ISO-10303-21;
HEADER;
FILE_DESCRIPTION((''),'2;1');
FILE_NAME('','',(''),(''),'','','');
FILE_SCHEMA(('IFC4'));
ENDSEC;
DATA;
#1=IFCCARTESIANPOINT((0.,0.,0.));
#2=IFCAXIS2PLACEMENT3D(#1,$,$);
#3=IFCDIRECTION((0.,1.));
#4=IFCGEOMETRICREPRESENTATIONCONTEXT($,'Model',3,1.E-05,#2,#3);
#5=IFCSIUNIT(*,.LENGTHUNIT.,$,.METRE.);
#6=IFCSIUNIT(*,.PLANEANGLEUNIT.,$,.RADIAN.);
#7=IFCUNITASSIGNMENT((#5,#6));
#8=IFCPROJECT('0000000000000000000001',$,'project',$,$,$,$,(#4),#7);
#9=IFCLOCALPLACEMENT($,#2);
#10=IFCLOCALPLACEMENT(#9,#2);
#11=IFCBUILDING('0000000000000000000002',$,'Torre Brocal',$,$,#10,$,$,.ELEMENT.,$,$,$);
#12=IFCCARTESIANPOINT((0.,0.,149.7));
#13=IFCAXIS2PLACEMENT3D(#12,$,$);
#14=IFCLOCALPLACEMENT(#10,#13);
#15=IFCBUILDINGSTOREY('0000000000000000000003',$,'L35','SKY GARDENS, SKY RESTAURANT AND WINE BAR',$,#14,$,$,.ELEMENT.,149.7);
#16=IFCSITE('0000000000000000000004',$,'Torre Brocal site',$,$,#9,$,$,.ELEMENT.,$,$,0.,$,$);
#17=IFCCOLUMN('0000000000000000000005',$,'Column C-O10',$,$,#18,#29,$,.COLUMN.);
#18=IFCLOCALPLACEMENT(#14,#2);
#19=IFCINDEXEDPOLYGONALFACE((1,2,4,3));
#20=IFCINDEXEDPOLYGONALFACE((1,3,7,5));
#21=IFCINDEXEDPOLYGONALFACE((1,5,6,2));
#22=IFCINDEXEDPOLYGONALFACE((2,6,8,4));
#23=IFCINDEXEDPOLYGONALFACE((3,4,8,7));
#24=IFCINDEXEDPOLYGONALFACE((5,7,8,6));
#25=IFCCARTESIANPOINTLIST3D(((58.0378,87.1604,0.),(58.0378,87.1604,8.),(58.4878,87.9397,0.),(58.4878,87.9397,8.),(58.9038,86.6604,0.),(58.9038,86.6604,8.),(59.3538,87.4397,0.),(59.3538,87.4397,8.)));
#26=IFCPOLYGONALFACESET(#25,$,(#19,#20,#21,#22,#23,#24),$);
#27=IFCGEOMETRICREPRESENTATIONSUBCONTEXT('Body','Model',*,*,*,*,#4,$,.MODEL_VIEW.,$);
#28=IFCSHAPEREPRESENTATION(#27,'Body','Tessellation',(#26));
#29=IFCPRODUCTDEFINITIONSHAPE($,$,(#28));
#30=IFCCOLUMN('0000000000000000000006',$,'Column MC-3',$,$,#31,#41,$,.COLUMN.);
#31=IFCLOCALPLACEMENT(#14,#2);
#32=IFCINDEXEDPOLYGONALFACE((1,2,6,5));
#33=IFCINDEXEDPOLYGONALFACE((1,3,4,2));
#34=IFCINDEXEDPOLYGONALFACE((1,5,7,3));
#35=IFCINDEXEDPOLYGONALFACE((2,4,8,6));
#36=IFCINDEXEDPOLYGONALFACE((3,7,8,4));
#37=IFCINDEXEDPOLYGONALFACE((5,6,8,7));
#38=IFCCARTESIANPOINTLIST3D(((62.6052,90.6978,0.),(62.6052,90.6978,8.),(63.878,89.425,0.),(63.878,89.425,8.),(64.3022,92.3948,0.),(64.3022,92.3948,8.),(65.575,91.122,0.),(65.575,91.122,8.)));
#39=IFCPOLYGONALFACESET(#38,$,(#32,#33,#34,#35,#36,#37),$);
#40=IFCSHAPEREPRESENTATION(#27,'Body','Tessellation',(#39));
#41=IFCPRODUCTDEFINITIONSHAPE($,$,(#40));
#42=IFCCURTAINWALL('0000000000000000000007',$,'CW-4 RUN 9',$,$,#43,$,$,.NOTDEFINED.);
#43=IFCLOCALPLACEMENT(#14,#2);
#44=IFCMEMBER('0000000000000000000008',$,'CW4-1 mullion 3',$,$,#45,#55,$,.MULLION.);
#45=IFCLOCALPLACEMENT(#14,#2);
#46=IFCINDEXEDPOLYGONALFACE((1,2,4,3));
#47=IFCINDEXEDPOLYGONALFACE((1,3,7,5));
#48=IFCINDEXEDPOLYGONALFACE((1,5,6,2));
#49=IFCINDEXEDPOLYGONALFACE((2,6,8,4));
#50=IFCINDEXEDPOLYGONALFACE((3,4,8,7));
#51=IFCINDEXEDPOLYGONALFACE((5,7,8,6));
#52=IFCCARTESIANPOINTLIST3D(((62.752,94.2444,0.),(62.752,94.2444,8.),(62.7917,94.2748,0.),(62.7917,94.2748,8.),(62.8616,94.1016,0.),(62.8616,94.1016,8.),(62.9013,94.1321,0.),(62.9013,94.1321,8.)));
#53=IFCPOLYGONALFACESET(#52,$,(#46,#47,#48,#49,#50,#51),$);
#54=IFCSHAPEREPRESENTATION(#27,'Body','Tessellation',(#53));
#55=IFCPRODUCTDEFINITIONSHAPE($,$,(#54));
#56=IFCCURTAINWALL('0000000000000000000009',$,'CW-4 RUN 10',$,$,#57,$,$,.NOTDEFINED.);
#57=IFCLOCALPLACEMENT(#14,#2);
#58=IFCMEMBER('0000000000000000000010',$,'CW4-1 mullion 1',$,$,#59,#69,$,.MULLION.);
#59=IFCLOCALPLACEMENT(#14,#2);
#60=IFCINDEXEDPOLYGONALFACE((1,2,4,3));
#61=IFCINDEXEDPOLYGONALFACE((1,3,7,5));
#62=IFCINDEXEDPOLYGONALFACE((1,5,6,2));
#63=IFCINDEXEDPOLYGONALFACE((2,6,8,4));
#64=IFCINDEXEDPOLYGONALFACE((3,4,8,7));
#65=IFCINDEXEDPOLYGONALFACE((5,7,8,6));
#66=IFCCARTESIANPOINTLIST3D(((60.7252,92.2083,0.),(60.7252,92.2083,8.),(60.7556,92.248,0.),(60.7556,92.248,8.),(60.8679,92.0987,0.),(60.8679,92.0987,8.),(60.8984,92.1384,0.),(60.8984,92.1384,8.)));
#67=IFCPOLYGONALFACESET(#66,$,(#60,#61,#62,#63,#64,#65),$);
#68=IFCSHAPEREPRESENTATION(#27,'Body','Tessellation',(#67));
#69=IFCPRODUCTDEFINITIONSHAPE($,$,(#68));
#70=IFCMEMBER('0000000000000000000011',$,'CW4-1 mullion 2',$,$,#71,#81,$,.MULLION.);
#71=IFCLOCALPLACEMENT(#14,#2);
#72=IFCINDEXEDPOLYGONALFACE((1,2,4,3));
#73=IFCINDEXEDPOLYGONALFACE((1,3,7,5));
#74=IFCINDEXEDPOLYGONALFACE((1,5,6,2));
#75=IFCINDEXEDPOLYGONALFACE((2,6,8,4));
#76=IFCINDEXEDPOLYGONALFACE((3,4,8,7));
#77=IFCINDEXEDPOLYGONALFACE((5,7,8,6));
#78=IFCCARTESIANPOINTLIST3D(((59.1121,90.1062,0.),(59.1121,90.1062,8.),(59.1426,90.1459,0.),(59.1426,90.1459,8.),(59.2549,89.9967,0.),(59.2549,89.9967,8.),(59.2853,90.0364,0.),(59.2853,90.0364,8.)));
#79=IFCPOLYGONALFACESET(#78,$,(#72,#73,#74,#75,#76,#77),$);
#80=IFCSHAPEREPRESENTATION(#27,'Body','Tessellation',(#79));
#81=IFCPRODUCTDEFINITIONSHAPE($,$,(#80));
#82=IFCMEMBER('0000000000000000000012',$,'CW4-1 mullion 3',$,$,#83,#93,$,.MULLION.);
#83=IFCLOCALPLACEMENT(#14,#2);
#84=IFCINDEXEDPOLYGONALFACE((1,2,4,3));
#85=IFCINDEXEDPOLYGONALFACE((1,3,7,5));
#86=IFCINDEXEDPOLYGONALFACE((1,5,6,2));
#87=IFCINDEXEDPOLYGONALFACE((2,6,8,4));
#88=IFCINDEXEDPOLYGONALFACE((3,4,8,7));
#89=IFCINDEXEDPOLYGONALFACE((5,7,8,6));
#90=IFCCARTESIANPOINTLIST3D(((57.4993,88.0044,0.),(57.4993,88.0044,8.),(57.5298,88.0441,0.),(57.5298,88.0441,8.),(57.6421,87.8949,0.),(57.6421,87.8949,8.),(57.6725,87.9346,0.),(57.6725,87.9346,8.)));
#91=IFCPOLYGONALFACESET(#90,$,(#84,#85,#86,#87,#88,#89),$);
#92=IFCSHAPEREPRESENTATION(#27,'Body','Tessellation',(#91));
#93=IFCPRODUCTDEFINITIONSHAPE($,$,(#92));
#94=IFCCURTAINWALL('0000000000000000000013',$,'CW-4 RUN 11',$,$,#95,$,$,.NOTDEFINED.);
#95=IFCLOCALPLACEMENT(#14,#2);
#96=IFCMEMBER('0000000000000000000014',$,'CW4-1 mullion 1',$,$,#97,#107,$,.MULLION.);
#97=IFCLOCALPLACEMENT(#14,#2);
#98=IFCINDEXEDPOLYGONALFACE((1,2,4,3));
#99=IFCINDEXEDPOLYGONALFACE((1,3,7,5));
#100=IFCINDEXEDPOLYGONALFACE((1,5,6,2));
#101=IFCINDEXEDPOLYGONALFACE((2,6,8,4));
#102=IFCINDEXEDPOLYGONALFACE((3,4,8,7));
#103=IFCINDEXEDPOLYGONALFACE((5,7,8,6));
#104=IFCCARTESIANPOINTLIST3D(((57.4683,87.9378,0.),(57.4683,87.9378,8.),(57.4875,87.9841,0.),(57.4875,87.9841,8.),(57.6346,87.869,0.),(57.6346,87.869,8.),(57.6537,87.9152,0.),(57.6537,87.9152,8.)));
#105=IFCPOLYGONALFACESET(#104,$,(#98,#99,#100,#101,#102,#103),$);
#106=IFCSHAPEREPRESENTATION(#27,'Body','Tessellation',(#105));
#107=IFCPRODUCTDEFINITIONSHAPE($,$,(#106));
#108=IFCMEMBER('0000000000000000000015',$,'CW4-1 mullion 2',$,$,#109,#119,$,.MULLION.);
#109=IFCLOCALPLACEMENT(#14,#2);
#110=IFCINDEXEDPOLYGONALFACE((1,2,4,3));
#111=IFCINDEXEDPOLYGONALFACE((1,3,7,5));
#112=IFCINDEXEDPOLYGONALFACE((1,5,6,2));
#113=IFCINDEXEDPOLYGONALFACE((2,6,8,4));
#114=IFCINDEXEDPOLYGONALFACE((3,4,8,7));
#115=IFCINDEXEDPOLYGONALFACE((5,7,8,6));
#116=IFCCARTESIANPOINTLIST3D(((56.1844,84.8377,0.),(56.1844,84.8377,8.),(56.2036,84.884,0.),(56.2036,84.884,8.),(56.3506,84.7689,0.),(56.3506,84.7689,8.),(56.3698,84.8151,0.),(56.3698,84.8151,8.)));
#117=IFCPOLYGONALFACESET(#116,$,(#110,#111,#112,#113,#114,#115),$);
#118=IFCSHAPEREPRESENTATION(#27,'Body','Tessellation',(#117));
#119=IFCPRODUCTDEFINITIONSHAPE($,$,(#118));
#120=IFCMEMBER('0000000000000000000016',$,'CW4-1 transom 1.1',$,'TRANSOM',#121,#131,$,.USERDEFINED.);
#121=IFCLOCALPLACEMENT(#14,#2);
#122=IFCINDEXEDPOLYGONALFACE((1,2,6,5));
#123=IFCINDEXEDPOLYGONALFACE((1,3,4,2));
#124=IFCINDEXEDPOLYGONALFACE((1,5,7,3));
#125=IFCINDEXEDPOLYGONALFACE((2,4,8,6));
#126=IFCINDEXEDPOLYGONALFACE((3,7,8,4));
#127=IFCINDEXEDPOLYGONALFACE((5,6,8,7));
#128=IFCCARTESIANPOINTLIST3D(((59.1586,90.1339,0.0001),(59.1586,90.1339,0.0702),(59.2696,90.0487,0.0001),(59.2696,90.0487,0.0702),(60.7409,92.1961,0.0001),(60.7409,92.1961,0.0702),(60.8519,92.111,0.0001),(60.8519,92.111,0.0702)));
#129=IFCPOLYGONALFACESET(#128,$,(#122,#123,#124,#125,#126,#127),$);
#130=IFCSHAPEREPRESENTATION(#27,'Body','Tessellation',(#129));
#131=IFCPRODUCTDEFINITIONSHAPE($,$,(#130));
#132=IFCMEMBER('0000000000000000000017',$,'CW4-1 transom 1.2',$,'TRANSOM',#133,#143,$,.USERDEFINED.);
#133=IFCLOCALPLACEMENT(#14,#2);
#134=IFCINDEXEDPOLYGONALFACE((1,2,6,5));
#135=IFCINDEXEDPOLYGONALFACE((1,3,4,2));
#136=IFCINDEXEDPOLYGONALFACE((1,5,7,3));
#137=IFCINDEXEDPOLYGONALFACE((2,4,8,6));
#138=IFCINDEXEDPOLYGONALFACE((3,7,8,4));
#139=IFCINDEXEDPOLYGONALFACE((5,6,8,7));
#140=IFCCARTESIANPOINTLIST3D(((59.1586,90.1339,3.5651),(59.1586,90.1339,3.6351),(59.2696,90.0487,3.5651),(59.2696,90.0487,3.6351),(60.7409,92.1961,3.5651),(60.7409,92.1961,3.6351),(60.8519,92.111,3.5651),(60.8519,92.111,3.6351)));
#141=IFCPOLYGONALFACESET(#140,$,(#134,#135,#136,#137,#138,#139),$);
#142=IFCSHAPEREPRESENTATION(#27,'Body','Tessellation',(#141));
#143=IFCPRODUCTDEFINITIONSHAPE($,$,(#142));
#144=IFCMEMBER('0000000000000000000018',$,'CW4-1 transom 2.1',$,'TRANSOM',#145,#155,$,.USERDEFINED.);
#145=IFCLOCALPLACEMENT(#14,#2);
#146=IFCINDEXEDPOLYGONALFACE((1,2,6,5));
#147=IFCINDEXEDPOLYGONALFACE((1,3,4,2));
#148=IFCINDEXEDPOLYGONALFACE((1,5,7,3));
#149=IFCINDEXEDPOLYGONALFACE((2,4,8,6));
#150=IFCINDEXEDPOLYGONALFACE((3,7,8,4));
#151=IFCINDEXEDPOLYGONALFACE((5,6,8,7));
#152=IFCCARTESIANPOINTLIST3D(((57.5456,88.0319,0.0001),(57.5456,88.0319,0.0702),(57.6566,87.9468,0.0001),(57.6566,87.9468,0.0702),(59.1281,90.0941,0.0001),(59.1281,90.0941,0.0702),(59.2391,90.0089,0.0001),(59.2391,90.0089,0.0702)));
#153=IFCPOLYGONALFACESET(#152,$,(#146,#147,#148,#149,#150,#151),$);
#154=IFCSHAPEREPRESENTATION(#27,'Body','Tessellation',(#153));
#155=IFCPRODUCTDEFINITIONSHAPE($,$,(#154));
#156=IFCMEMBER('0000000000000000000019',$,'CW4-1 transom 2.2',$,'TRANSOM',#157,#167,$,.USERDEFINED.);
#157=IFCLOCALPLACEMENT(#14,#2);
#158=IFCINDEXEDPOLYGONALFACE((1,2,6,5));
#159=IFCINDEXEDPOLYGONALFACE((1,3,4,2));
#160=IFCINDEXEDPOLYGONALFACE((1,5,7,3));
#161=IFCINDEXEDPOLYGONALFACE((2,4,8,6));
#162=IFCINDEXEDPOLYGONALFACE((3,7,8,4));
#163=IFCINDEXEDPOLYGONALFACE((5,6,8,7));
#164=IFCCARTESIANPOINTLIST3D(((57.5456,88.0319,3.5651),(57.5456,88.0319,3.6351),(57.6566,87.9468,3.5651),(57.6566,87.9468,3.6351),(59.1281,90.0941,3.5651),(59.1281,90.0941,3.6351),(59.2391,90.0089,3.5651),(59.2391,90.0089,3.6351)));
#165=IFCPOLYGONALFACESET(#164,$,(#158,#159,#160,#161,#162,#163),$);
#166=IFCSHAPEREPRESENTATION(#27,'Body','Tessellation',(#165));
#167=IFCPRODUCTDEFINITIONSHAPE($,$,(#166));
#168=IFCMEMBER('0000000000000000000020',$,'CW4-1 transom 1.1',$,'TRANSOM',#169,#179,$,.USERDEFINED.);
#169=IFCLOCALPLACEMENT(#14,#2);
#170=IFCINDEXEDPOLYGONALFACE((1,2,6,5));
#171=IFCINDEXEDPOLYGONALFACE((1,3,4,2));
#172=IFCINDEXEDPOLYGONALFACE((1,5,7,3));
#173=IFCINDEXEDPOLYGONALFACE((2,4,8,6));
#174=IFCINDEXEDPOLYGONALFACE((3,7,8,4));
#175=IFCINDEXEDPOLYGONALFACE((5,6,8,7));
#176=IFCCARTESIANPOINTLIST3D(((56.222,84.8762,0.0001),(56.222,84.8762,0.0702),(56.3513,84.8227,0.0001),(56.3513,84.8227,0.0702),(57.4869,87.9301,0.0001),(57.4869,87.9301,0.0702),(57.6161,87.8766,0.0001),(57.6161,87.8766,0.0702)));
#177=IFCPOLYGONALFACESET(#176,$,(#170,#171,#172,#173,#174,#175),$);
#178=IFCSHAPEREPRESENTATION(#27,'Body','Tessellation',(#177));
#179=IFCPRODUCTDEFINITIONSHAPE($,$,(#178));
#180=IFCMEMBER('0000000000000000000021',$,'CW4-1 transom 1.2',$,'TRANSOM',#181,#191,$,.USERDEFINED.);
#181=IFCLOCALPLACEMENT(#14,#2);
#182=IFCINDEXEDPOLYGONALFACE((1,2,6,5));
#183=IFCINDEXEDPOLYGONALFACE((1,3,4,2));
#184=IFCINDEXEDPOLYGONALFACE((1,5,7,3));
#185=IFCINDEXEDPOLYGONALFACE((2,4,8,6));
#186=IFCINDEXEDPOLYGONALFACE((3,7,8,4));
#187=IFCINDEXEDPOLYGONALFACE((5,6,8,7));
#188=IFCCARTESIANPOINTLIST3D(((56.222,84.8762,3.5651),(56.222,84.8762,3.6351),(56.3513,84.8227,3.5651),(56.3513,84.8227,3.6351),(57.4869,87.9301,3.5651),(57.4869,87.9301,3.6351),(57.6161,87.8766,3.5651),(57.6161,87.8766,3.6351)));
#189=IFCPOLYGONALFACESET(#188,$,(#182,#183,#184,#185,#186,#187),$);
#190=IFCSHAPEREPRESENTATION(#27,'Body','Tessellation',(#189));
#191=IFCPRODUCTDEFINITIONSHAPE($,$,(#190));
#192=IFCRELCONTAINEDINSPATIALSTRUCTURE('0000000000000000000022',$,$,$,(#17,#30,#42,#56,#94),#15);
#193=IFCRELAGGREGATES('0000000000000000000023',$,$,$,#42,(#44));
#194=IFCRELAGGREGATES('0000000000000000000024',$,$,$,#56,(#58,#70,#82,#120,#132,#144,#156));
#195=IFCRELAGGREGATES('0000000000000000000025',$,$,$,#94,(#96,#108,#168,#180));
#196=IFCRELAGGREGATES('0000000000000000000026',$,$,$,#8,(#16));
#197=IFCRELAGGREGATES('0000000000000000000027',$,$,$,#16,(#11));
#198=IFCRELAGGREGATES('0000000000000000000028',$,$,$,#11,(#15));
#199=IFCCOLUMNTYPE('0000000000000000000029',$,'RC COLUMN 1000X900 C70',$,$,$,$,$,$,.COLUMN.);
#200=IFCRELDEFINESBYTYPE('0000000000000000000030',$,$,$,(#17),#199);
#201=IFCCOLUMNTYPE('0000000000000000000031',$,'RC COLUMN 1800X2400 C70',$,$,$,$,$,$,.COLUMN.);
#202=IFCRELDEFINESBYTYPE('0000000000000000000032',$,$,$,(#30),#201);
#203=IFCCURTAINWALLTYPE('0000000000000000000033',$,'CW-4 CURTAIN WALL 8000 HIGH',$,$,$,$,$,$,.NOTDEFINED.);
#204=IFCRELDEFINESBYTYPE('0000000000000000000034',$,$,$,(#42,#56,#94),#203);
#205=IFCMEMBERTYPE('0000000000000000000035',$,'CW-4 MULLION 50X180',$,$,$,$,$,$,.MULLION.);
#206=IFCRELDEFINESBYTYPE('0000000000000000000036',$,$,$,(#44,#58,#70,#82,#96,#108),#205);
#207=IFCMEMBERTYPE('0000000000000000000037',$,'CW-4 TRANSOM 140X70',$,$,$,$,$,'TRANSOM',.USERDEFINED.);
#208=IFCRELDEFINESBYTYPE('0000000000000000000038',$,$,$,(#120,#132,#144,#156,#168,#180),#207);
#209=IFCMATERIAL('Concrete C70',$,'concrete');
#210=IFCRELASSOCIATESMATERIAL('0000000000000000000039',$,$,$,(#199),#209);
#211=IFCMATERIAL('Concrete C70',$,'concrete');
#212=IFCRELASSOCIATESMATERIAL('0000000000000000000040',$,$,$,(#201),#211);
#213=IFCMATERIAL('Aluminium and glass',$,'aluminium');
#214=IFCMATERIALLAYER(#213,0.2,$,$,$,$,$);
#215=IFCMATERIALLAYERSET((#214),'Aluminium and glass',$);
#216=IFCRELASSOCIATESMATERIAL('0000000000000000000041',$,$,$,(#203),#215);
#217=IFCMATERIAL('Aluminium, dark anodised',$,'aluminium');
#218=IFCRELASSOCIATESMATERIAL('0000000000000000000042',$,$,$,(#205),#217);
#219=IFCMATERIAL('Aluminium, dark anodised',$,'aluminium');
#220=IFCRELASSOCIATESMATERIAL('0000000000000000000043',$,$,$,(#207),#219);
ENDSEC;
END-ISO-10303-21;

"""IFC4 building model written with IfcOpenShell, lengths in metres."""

from ifc_helpers import new_model, si_unit, direction, frame, origin, origin_2d, place, context, subcontext, project, spatial, rectangle, extrude, material, layer, layer_set, material_profile, profile_set, type_object, element, aggregate, save


model = new_model("IFC4")

# Units and contexts
model_context = context("Model", 3, precision=1e-05, world=origin(), true_north=direction((0.0, 1.0)))
body_context = subcontext(model_context, "Body", "Model", "MODEL_VIEW")
ifc_project = project(units=[si_unit("LENGTHUNIT", "METRE"), si_unit("PLANEANGLEUNIT", "RADIAN")], contexts=[model_context])

# Site, building, storey
site_placement = place(None, origin())
site = spatial("IfcSite", under=ifc_project, at=site_placement, Name="Torre Brocal site", CompositionType="ELEMENT", RefElevation=0.0)
building_placement = place(site_placement, origin())
building = spatial("IfcBuilding", under=site, at=building_placement, Name="Torre Brocal", CompositionType="ELEMENT")
storey_placement = place(building_placement, frame((0.0, 0.0, 149.7)))
storey = spatial("IfcBuildingStorey", under=building, at=storey_placement, Name="L35", Description="SKY GARDENS, SKY RESTAURANT AND WINE BAR", CompositionType="ELEMENT", Elevation=149.7)

# Columns
ifc_material_1 = material(Name="Concrete C70", Category="concrete")
ifc_material_profile_1 = material_profile(ifc_material_1, rectangle(XDim=1.0, YDim=0.8999, at=origin_2d()), Name="RC 1000X900")
ifc_profile_set_1 = profile_set([ifc_material_profile_1], Name="Concrete C70")
column_type_1 = type_object("IfcColumnType", Name="RC COLUMN 1000X900 C70", PredefinedType="COLUMN", material=ifc_profile_set_1)
column_1_placement = place(storey_placement, frame((58.6958, 87.3, 0.0), z_axis=(0.0, 0.0, 1.0), x_axis=(-0.866025, 0.5, 0.0)))
element("IfcColumn", 1, at=column_1_placement, inside=storey, type_object=column_type_1, Name="Column C-O10", PredefinedType="COLUMN", context=body_context, shape_type="SweptSolid", body=[
    extrude(rectangle(XDim=1.0, YDim=0.8999, at=origin_2d()), origin(), (0.0, 0.0, 1.0), 8.0),
])
ifc_material_2 = material(Name="Concrete C70", Category="concrete")
ifc_material_profile_2 = material_profile(ifc_material_2, rectangle(XDim=1.8, YDim=2.3999, at=origin_2d()), Name="RC 1800X2400")
ifc_profile_set_2 = profile_set([ifc_material_profile_2], Name="Concrete C70")
column_type_2 = type_object("IfcColumnType", Name="RC COLUMN 1800X2400 C70", PredefinedType="COLUMN", material=ifc_profile_set_2)
column_2_placement = place(storey_placement, frame((64.0901, 90.9099, 0.0), z_axis=(0.0, 0.0, 1.0), x_axis=(-0.707107, 0.707107, 0.0)))
element("IfcColumn", 2, at=column_2_placement, inside=storey, type_object=column_type_2, Name="Column MC-3", PredefinedType="COLUMN", context=body_context, shape_type="SweptSolid", body=[
    extrude(rectangle(XDim=1.8, YDim=2.3999, at=origin_2d()), origin(), (0.0, 0.0, 1.0), 8.0),
])

# Curtain wall, member
ifc_material_3 = material(Name="Aluminium and glass", Category="aluminium")
ifc_layer_1 = layer(ifc_material_3, 0.2)
ifc_layer_set_1 = layer_set([ifc_layer_1], Name="Aluminium and glass")
curtain_wall_type = type_object("IfcCurtainWallType", Name="CW-4 CURTAIN WALL 8000 HIGH", PredefinedType="NOTDEFINED", material=ifc_layer_set_1)
curtain_wall_1_placement = place(storey_placement, origin())
curtain_wall_1 = element("IfcCurtainWall", 3, at=curtain_wall_1_placement, inside=storey, type_object=curtain_wall_type, Name="CW-4 RUN 9", PredefinedType="NOTDEFINED")
ifc_material_4 = material(Name="Aluminium, dark anodised", Category="aluminium")
ifc_material_profile_3 = material_profile(ifc_material_4, rectangle(XDim=0.1799, YDim=0.05, at=origin_2d()), Name="CW-4 MULLION 50X180")
ifc_profile_set_3 = profile_set([ifc_material_profile_3], Name="Aluminium, dark anodised")
member_type_1 = type_object("IfcMemberType", Name="CW-4 MULLION 50X180", PredefinedType="MULLION", material=ifc_profile_set_3)
member_1_placement = place(storey_placement, frame((62.8267, 94.1882, 0.0), z_axis=(0.0, 0.0, 1.0), x_axis=(0.608761, -0.793353, 0.0)))
member_1 = element("IfcMember", 4, at=member_1_placement, type_object=member_type_1, Name="CW4-1 mullion 3", PredefinedType="MULLION", context=body_context, shape_type="SweptSolid", body=[
    extrude(rectangle(XDim=0.1799, YDim=0.05, at=origin_2d()), origin(), (0.0, 0.0, 1.0), 8.0),
])

# Curtain walls, members
curtain_wall_2_placement = place(storey_placement, origin())
curtain_wall_2 = element("IfcCurtainWall", 5, at=curtain_wall_2_placement, inside=storey, type_object=curtain_wall_type, Name="CW-4 RUN 10", PredefinedType="NOTDEFINED")
member_2_placement = place(storey_placement, frame((60.8118, 92.1733, 0.0), z_axis=(0.0, 0.0, 1.0), x_axis=(0.793353, -0.608761, 0.0)))
member_2 = element("IfcMember", 6, at=member_2_placement, type_object=member_type_1, Name="CW4-1 mullion 1", PredefinedType="MULLION", context=body_context, shape_type="SweptSolid", body=[
    extrude(rectangle(XDim=0.1799, YDim=0.05, at=origin_2d()), origin(), (0.0, 0.0, 1.0), 8.0),
])
member_3_placement = place(storey_placement, frame((59.1987, 90.0713, 0.0), z_axis=(0.0, 0.0, 1.0), x_axis=(0.793353, -0.608761, 0.0)))
member_3 = element("IfcMember", 7, at=member_3_placement, type_object=member_type_1, Name="CW4-1 mullion 2", PredefinedType="MULLION", context=body_context, shape_type="SweptSolid", body=[
    extrude(rectangle(XDim=0.1799, YDim=0.05, at=origin_2d()), origin(), (0.0, 0.0, 1.0), 8.0),
])
member_4_placement = place(storey_placement, frame((57.5859, 87.9695, 0.0), z_axis=(0.0, 0.0, 1.0), x_axis=(0.793353, -0.608761, 0.0)))
member_4 = element("IfcMember", 8, at=member_4_placement, type_object=member_type_1, Name="CW4-1 mullion 3", PredefinedType="MULLION", context=body_context, shape_type="SweptSolid", body=[
    extrude(rectangle(XDim=0.1799, YDim=0.05, at=origin_2d()), origin(), (0.0, 0.0, 1.0), 8.0),
])
curtain_wall_3_placement = place(storey_placement, origin())
curtain_wall_3 = element("IfcCurtainWall", 9, at=curtain_wall_3_placement, inside=storey, type_object=curtain_wall_type, Name="CW-4 RUN 11", PredefinedType="NOTDEFINED")
member_5_placement = place(storey_placement, frame((57.561, 87.9265, 0.0), z_axis=(0.0, 0.0, 1.0), x_axis=(0.92388, -0.382683, 0.0)))
member_5 = element("IfcMember", 10, at=member_5_placement, type_object=member_type_1, Name="CW4-1 mullion 1", PredefinedType="MULLION", context=body_context, shape_type="SweptSolid", body=[
    extrude(rectangle(XDim=0.1799, YDim=0.05, at=origin_2d()), origin(), (0.0, 0.0, 1.0), 8.0),
])
member_6_placement = place(storey_placement, frame((56.2771, 84.8264, 0.0), z_axis=(0.0, 0.0, 1.0), x_axis=(0.92388, -0.382683, 0.0)))
member_6 = element("IfcMember", 11, at=member_6_placement, type_object=member_type_1, Name="CW4-1 mullion 2", PredefinedType="MULLION", context=body_context, shape_type="SweptSolid", body=[
    extrude(rectangle(XDim=0.1799, YDim=0.05, at=origin_2d()), origin(), (0.0, 0.0, 1.0), 8.0),
])

# Members
ifc_material_5 = material(Name="Aluminium, dark anodised", Category="aluminium")
ifc_material_profile_4 = material_profile(ifc_material_5, rectangle(XDim=0.1399, YDim=0.0701, at=origin_2d()), Name="CW-4 TRANSOM 140X70")
ifc_profile_set_4 = profile_set([ifc_material_profile_4], Name="Aluminium, dark anodised")
member_type_2 = type_object("IfcMemberType", Name="CW-4 TRANSOM 140X70", ElementType="TRANSOM", PredefinedType="USERDEFINED", material=ifc_profile_set_4)
member_7_placement = place(storey_placement, frame((60.7964, 92.1536, 0.0352), z_axis=(-0.608725, -0.793381, 0.0), x_axis=(0.793381, -0.608725, 0.0)))
member_7 = element("IfcMember", 12, at=member_7_placement, type_object=member_type_2, Name="CW4-1 transom 1.1", ObjectType="TRANSOM", PredefinedType="USERDEFINED", context=body_context, shape_type="SweptSolid", body=[
    extrude(rectangle(XDim=0.1399, YDim=0.0701, at=origin_2d()), origin(), (0.0, 0.0, 1.0), 2.5994),
])
member_8_placement = place(storey_placement, frame((60.7964, 92.1536, 3.6001), z_axis=(-0.608725, -0.793381, 0.0), x_axis=(0.793381, -0.608725, 0.0)))
member_8 = element("IfcMember", 13, at=member_8_placement, type_object=member_type_2, Name="CW4-1 transom 1.2", ObjectType="TRANSOM", PredefinedType="USERDEFINED", context=body_context, shape_type="SweptSolid", body=[
    extrude(rectangle(XDim=0.1399, YDim=0.0701, at=origin_2d()), origin(), (0.0, 0.0, 1.0), 2.5994),
])
member_9_placement = place(storey_placement, frame((59.1836, 90.0515, 0.0352), z_axis=(-0.608784, -0.793336, 0.0), x_axis=(0.793336, -0.608784, 0.0)))
member_9 = element("IfcMember", 14, at=member_9_placement, type_object=member_type_2, Name="CW4-1 transom 2.1", ObjectType="TRANSOM", PredefinedType="USERDEFINED", context=body_context, shape_type="SweptSolid", body=[
    extrude(rectangle(XDim=0.1399, YDim=0.0701, at=origin_2d()), origin(), (0.0, 0.0, 1.0), 2.5994),
])
member_10_placement = place(storey_placement, frame((59.1836, 90.0515, 3.6001), z_axis=(-0.608784, -0.793336, 0.0), x_axis=(0.793336, -0.608784, 0.0)))
member_10 = element("IfcMember", 15, at=member_10_placement, type_object=member_type_2, Name="CW4-1 transom 2.2", ObjectType="TRANSOM", PredefinedType="USERDEFINED", context=body_context, shape_type="SweptSolid", body=[
    extrude(rectangle(XDim=0.1399, YDim=0.0701, at=origin_2d()), origin(), (0.0, 0.0, 1.0), 2.5994),
])
member_11_placement = place(storey_placement, frame((57.5515, 87.9033, 0.0352), z_axis=(-0.382658, -0.92389, 0.0), x_axis=(0.92389, -0.382658, 0.0)))
member_11 = element("IfcMember", 16, at=member_11_placement, type_object=member_type_2, Name="CW4-1 transom 1.1", ObjectType="TRANSOM", PredefinedType="USERDEFINED", context=body_context, shape_type="SweptSolid", body=[
    extrude(rectangle(XDim=0.1399, YDim=0.0701, at=origin_2d()), origin(), (0.0, 0.0, 1.0), 3.3054),
])
member_12_placement = place(storey_placement, frame((57.5515, 87.9033, 3.6001), z_axis=(-0.382658, -0.92389, 0.0), x_axis=(0.92389, -0.382658, 0.0)))
member_12 = element("IfcMember", 17, at=member_12_placement, type_object=member_type_2, Name="CW4-1 transom 1.2", ObjectType="TRANSOM", PredefinedType="USERDEFINED", context=body_context, shape_type="SweptSolid", body=[
    extrude(rectangle(XDim=0.1399, YDim=0.0701, at=origin_2d()), origin(), (0.0, 0.0, 1.0), 3.3054),
])

aggregate(curtain_wall_1, [member_1])
aggregate(curtain_wall_2, [member_2, member_3, member_4, member_7, member_8, member_9, member_10])
aggregate(curtain_wall_3, [member_5, member_6, member_11, member_12])

save(model, "model.ifc")
